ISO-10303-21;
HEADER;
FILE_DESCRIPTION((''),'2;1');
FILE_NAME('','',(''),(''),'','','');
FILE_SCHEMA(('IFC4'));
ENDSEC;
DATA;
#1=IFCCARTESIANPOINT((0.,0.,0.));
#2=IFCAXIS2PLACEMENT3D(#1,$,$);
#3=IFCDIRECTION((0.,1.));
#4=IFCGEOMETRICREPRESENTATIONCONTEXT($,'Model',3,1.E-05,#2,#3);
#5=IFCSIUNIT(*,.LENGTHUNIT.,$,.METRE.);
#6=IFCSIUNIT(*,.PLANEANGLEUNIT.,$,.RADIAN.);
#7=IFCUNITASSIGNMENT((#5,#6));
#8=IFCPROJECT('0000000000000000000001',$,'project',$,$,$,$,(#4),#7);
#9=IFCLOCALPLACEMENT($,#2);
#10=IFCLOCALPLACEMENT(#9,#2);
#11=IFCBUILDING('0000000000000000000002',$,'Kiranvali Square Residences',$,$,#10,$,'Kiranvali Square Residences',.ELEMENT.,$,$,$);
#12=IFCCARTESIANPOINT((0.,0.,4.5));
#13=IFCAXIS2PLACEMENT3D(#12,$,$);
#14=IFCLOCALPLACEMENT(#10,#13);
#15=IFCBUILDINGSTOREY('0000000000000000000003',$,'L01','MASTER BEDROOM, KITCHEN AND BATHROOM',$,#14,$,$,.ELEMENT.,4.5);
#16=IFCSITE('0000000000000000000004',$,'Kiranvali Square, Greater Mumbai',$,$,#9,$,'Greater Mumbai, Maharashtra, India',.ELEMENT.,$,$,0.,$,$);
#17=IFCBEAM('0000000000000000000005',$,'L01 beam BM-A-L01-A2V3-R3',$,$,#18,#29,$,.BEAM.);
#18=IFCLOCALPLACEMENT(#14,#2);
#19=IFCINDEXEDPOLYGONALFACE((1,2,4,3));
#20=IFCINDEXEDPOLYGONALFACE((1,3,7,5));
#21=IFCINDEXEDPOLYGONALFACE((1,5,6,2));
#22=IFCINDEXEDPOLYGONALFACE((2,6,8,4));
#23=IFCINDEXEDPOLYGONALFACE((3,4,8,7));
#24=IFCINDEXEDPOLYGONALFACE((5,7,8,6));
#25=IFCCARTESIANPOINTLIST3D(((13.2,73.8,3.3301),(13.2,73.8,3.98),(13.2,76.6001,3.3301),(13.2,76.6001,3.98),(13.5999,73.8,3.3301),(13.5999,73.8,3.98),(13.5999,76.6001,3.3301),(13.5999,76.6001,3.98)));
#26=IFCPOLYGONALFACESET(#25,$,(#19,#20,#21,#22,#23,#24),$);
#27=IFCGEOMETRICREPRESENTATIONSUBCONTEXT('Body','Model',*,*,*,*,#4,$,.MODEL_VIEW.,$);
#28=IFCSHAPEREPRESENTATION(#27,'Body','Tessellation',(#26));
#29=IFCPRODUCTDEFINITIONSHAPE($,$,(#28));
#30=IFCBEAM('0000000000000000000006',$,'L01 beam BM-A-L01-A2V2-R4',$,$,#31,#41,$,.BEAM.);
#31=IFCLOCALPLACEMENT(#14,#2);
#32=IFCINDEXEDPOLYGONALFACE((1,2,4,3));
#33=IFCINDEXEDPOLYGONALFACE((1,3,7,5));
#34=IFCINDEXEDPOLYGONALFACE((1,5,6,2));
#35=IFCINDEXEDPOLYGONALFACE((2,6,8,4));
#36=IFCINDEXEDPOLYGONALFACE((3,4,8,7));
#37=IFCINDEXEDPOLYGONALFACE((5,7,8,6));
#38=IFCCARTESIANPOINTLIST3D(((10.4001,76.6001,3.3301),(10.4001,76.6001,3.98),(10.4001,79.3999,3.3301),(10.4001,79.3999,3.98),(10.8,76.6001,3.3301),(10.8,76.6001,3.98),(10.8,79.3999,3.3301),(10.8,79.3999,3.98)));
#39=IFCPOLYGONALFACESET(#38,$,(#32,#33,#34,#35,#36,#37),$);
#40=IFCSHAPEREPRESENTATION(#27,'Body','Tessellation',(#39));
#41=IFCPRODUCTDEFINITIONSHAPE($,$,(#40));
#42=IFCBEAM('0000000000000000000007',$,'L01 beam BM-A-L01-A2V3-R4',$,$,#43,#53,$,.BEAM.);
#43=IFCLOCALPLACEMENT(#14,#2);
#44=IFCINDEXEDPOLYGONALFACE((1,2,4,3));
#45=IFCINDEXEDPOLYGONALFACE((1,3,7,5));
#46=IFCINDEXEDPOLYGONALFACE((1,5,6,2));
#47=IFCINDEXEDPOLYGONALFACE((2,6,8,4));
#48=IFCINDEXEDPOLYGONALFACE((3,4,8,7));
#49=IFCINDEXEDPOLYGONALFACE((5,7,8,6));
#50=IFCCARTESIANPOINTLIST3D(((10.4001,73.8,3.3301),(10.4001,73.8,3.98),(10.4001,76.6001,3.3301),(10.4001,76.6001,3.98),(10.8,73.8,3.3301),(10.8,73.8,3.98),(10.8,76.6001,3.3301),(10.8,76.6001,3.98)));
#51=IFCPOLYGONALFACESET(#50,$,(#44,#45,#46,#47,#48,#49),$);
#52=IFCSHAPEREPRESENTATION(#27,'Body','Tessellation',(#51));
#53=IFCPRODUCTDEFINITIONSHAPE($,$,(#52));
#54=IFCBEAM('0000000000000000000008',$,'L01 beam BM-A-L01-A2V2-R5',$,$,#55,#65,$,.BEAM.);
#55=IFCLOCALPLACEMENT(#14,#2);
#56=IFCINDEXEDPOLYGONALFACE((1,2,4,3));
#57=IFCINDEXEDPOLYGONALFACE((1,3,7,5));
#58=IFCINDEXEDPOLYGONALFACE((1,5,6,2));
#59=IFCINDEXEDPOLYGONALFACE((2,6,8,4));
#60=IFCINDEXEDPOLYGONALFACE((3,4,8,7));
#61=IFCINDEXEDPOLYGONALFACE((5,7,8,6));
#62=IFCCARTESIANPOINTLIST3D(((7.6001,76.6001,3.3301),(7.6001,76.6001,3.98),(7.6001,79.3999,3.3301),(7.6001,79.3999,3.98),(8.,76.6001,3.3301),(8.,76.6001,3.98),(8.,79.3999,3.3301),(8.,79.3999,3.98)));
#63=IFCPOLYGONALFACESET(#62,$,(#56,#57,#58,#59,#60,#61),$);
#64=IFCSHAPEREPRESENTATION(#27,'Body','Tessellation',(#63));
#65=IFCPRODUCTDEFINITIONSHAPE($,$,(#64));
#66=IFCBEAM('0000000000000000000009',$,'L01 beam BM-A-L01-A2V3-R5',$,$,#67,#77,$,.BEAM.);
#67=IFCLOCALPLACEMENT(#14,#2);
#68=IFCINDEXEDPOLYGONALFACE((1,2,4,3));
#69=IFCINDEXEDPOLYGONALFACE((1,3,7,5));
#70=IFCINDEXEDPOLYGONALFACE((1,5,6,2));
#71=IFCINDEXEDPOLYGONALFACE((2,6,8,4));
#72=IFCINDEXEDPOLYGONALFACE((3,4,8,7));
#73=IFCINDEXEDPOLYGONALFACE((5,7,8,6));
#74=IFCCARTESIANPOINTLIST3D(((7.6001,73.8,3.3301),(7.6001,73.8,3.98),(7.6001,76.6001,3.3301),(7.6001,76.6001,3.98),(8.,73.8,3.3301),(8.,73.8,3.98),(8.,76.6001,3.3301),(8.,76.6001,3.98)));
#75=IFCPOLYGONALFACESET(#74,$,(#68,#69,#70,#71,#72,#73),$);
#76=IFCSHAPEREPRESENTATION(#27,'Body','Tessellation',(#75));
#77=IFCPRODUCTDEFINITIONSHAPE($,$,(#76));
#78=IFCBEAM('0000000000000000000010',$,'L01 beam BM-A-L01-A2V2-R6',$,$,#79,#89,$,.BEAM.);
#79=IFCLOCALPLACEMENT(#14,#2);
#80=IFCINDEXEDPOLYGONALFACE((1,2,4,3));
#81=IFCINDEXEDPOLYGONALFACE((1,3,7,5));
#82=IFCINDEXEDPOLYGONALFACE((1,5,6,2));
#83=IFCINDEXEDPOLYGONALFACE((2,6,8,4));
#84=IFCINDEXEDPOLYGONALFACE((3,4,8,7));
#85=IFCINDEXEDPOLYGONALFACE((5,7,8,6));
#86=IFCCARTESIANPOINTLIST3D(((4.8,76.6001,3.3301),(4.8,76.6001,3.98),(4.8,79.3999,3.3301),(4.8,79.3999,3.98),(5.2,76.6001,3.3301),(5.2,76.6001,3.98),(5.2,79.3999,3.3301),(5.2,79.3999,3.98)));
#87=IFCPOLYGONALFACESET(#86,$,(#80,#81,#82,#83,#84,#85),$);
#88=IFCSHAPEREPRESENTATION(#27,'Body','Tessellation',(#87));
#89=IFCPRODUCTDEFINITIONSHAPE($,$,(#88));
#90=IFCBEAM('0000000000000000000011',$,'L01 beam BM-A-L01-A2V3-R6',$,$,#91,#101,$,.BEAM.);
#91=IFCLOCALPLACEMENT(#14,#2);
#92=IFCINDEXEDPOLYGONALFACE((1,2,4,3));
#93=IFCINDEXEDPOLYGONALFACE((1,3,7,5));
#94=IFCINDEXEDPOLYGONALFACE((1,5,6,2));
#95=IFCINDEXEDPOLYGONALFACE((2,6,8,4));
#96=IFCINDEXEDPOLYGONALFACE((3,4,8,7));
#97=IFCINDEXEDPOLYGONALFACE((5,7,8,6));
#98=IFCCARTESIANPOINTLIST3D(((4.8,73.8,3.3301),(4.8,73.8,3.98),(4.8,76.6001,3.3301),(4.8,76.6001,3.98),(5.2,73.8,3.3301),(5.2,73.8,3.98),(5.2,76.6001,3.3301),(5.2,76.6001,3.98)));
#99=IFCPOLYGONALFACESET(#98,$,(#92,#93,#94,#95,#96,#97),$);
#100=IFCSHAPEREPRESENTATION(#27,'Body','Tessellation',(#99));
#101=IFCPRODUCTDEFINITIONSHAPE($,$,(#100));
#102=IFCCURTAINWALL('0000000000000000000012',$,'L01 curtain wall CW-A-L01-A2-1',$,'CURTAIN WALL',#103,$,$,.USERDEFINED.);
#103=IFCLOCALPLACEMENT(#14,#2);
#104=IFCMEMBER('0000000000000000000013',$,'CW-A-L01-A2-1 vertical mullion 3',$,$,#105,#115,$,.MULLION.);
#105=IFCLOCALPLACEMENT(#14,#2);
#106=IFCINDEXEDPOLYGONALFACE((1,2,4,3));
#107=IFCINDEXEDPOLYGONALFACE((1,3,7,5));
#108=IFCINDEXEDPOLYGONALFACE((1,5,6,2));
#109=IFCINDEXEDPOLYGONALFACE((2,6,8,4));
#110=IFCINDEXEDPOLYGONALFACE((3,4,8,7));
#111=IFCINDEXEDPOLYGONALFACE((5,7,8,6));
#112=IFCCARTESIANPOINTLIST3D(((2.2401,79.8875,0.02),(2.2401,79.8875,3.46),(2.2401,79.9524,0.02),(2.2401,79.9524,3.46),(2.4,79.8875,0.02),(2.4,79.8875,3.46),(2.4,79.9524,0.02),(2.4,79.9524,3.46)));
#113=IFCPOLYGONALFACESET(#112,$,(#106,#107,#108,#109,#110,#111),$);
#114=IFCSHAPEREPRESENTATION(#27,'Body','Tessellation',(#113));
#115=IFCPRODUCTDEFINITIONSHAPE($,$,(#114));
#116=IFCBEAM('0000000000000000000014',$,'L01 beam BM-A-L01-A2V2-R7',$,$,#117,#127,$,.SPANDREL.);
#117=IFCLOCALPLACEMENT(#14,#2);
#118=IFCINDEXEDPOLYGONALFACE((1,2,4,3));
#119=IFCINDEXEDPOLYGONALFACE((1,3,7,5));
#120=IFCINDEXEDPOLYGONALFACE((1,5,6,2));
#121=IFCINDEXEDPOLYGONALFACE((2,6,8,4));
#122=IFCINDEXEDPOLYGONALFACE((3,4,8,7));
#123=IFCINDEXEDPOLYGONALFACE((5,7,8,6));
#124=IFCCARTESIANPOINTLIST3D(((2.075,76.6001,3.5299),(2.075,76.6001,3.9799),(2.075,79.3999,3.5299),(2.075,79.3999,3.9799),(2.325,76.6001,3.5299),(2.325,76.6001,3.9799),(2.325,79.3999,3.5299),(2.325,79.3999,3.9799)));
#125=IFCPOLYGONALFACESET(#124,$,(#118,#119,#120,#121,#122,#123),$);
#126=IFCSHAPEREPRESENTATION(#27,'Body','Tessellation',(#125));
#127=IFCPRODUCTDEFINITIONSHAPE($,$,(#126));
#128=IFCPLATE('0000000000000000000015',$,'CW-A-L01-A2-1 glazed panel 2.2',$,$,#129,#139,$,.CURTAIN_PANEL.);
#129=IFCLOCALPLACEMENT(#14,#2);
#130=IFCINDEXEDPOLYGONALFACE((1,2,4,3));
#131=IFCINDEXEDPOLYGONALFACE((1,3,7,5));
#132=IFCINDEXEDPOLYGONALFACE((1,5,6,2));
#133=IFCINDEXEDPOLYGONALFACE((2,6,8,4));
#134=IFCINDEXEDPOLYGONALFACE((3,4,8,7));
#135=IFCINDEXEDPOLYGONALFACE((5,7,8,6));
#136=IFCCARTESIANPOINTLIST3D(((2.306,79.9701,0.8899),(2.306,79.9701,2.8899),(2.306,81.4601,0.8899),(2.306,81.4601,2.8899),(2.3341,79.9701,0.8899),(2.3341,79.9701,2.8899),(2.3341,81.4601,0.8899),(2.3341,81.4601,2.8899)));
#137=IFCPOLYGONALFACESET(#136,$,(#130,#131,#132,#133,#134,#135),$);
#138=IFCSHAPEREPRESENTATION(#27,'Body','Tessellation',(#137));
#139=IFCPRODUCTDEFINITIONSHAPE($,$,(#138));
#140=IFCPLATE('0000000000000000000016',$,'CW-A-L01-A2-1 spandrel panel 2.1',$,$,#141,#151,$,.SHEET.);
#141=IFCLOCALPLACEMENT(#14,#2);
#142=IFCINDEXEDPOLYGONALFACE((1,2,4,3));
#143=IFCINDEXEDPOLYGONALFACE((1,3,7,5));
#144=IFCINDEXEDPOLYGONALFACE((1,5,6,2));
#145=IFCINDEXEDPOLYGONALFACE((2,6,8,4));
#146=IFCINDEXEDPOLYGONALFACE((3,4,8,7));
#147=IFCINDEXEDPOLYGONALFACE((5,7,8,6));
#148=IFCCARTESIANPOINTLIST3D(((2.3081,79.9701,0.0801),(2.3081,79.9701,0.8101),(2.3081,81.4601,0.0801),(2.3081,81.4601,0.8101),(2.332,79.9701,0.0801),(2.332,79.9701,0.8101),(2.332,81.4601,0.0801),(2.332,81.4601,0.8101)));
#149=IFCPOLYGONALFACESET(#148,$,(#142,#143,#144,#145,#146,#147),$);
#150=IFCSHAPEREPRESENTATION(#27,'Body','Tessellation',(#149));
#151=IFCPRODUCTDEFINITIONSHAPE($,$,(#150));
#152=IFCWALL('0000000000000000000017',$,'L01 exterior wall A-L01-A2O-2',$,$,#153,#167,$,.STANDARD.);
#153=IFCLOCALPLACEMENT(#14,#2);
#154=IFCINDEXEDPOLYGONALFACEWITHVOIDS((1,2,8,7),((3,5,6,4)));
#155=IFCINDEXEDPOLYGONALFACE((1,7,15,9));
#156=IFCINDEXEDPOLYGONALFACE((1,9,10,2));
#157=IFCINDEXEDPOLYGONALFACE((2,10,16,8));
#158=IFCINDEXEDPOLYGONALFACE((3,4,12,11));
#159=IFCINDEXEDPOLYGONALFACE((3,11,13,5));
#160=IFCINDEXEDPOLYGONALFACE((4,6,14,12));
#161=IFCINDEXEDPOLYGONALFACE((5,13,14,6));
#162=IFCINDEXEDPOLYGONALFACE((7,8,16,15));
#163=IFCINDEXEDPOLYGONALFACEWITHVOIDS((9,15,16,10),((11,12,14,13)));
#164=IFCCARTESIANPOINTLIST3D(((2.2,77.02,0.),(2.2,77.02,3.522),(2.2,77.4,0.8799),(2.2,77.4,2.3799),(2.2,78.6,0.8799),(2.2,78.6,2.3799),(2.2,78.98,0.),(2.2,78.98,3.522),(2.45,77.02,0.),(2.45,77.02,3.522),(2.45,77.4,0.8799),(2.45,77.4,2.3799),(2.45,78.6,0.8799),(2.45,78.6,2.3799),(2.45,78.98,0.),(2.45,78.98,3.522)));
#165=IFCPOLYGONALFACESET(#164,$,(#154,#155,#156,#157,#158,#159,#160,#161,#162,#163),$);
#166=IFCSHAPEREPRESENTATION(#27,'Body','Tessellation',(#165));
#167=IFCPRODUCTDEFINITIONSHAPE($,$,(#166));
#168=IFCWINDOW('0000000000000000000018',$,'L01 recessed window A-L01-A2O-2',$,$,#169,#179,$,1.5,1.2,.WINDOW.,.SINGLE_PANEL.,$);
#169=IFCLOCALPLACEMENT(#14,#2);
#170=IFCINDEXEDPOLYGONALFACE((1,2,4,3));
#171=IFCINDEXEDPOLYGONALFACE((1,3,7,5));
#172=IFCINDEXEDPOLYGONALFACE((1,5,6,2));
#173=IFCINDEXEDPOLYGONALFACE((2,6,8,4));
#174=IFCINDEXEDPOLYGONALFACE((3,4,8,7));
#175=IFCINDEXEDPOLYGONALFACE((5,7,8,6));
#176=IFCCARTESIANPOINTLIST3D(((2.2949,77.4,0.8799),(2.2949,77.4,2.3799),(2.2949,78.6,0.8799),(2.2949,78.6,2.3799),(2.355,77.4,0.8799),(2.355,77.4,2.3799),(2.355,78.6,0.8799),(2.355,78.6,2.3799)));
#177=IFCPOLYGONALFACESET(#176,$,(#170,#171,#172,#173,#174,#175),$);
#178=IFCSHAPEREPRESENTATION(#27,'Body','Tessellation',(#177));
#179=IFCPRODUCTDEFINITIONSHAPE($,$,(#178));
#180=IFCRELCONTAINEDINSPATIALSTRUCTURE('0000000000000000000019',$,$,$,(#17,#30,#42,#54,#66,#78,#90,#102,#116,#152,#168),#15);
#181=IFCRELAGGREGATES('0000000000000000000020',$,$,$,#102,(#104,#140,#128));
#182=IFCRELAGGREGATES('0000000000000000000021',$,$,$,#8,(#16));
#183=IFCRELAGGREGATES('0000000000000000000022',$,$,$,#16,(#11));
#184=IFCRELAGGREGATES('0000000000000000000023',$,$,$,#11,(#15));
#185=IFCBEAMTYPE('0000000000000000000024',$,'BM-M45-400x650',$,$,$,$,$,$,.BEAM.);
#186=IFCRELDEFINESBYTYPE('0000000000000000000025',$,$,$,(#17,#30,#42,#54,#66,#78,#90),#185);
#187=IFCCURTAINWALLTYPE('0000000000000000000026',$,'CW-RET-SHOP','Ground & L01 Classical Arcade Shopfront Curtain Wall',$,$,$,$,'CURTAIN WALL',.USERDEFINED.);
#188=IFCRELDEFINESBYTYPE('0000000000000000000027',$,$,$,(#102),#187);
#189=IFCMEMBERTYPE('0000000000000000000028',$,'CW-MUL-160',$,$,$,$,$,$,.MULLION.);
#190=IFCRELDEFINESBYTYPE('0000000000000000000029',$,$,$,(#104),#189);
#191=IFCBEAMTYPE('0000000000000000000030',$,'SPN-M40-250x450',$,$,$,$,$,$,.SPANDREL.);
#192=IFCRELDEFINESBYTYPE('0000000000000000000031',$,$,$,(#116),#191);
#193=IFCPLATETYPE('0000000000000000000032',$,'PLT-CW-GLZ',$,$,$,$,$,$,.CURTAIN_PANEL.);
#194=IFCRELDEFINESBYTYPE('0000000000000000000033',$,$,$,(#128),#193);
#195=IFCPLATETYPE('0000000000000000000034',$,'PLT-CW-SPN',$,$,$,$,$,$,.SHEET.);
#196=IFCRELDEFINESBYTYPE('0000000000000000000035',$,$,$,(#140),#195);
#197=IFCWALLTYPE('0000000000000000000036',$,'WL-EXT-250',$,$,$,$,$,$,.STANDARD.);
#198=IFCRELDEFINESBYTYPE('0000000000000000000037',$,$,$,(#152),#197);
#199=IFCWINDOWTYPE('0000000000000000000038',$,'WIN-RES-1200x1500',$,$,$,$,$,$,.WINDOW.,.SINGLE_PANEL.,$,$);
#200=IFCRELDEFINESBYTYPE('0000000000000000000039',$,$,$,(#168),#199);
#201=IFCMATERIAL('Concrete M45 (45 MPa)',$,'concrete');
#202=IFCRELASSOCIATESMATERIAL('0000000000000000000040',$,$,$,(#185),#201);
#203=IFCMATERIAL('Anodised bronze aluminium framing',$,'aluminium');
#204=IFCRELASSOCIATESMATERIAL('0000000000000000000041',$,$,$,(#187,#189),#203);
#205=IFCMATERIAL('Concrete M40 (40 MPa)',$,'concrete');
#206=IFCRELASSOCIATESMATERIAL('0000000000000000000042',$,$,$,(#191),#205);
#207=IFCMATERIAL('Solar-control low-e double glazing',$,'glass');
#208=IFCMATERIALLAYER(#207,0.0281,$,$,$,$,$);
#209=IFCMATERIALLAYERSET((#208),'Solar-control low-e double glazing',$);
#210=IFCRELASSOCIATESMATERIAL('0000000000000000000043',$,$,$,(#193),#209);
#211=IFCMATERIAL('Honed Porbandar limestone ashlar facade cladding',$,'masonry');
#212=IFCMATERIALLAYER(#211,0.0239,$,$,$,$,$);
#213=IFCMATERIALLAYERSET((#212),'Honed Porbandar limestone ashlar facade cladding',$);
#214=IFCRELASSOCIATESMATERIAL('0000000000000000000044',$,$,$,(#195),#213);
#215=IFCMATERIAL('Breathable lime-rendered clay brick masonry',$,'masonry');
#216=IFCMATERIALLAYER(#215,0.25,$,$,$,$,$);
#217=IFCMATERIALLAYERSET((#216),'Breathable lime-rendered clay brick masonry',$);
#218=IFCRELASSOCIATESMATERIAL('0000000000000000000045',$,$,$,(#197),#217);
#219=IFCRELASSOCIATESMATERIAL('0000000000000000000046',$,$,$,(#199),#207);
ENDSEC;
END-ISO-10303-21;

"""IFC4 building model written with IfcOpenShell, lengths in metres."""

from ifc_helpers import new_model, si_unit, direction, frame, frame_2d, origin, origin_2d, place, context, subcontext, project, spatial, rectangle, extrude, material, layer, layer_set, material_profile, profile_set, type_object, element, fill, aggregate, save


model = new_model("IFC4")

# Units and contexts
model_context = context("Model", 3, precision=1e-05, world=origin(), true_north=direction((0.0, 1.0)))
body_context = subcontext(model_context, "Body", "Model", "MODEL_VIEW")
ifc_project = project(units=[si_unit("LENGTHUNIT", "METRE"), si_unit("PLANEANGLEUNIT", "RADIAN")], contexts=[model_context])

# Site, building, storey
site_placement = place(None, origin())
site = spatial("IfcSite", under=ifc_project, at=site_placement, Name="Kiranvali Square, Greater Mumbai", LongName="Greater Mumbai, Maharashtra, India", CompositionType="ELEMENT", RefElevation=0.0)
building_placement = place(site_placement, origin())
building = spatial("IfcBuilding", under=site, at=building_placement, Name="Kiranvali Square Residences", LongName="Kiranvali Square Residences", CompositionType="ELEMENT")
storey_placement = place(building_placement, frame((0.0, 0.0, 4.5)))
storey = spatial("IfcBuildingStorey", under=building, at=storey_placement, Name="L01", Description="MASTER BEDROOM, KITCHEN AND BATHROOM", CompositionType="ELEMENT", Elevation=4.5)

# Beams
ifc_material_1 = material(Name="Concrete M40 (40 MPa)", Category="concrete")
ifc_material_2 = material(Name="Concrete M45 (45 MPa)", Category="concrete")
ifc_material_profile_1 = material_profile(ifc_material_2, rectangle(XDim=0.3999, YDim=0.6499, at=origin_2d()), Name="RC 400x650")
ifc_profile_set_1 = profile_set([ifc_material_profile_1], Name="Concrete M45 (45 MPa)")
beam_type_1 = type_object("IfcBeamType", Name="BM-M45-400x650", PredefinedType="BEAM", material=ifc_profile_set_1)
beam_1_placement = place(storey_placement, frame((13.3999, 76.6001, 3.655), z_axis=(0.0, -1.0, 0.0), x_axis=(1.0, 0.0, 0.0)))
element("IfcBeam", 1, at=beam_1_placement, inside=storey, type_object=beam_type_1, Name="L01 beam BM-A-L01-A2V3-R3", PredefinedType="BEAM", context=body_context, shape_type="SweptSolid", body=[
    extrude(rectangle(XDim=0.3999, YDim=0.6499, at=origin_2d()), origin(), (0.0, 0.0, 1.0), 2.8),
])
beam_2_placement = place(storey_placement, frame((10.6001, 79.3999, 3.655), z_axis=(0.0, -1.0, 0.0), x_axis=(1.0, 0.0, 0.0)))
element("IfcBeam", 2, at=beam_2_placement, inside=storey, type_object=beam_type_1, Name="L01 beam BM-A-L01-A2V2-R4", PredefinedType="BEAM", context=body_context, shape_type="SweptSolid", body=[
    extrude(rectangle(XDim=0.3999, YDim=0.6499, at=origin_2d()), origin(), (0.0, 0.0, 1.0), 2.7998),
])
beam_3_placement = place(storey_placement, frame((10.6001, 76.6001, 3.655), z_axis=(0.0, -1.0, 0.0), x_axis=(1.0, 0.0, 0.0)))
element("IfcBeam", 3, at=beam_3_placement, inside=storey, type_object=beam_type_1, Name="L01 beam BM-A-L01-A2V3-R4", PredefinedType="BEAM", context=body_context, shape_type="SweptSolid", body=[
    extrude(rectangle(XDim=0.3999, YDim=0.6499, at=origin_2d()), origin(), (0.0, 0.0, 1.0), 2.8),
])
beam_4_placement = place(storey_placement, frame((7.8, 79.3999, 3.655), z_axis=(0.0, -1.0, 0.0), x_axis=(1.0, 0.0, 0.0)))
element("IfcBeam", 4, at=beam_4_placement, inside=storey, type_object=beam_type_1, Name="L01 beam BM-A-L01-A2V2-R5", PredefinedType="BEAM", context=body_context, shape_type="SweptSolid", body=[
    extrude(rectangle(XDim=0.3999, YDim=0.6499, at=origin_2d()), origin(), (0.0, 0.0, 1.0), 2.7998),
])
beam_5_placement = place(storey_placement, frame((7.8, 76.6001, 3.655), z_axis=(0.0, -1.0, 0.0), x_axis=(1.0, 0.0, 0.0)))
element("IfcBeam", 5, at=beam_5_placement, inside=storey, type_object=beam_type_1, Name="L01 beam BM-A-L01-A2V3-R5", PredefinedType="BEAM", context=body_context, shape_type="SweptSolid", body=[
    extrude(rectangle(XDim=0.3999, YDim=0.6499, at=origin_2d()), origin(), (0.0, 0.0, 1.0), 2.8),
])
beam_6_placement = place(storey_placement, frame((5.0, 79.3999, 3.655), z_axis=(0.0, -1.0, 0.0), x_axis=(1.0, 0.0, 0.0)))
element("IfcBeam", 6, at=beam_6_placement, inside=storey, type_object=beam_type_1, Name="L01 beam BM-A-L01-A2V2-R6", PredefinedType="BEAM", context=body_context, shape_type="SweptSolid", body=[
    extrude(rectangle(XDim=0.3999, YDim=0.6499, at=origin_2d()), origin(), (0.0, 0.0, 1.0), 2.7998),
])
beam_7_placement = place(storey_placement, frame((5.0, 76.6001, 3.655), z_axis=(0.0, -1.0, 0.0), x_axis=(1.0, 0.0, 0.0)))
element("IfcBeam", 7, at=beam_7_placement, inside=storey, type_object=beam_type_1, Name="L01 beam BM-A-L01-A2V3-R6", PredefinedType="BEAM", context=body_context, shape_type="SweptSolid", body=[
    extrude(rectangle(XDim=0.3999, YDim=0.6499, at=origin_2d()), origin(), (0.0, 0.0, 1.0), 2.8),
])

# Curtain wall, member
ifc_material_3 = material(Name="Anodised bronze aluminium framing", Category="aluminium")
curtain_wall_type = type_object("IfcCurtainWallType", Name="CW-RET-SHOP", Description="Ground & L01 Classical Arcade Shopfront Curtain Wall", ElementType="CURTAIN WALL", PredefinedType="USERDEFINED", material=ifc_material_3)
curtain_wall_placement = place(storey_placement, origin())
curtain_wall = element("IfcCurtainWall", 8, at=curtain_wall_placement, inside=storey, type_object=curtain_wall_type, Name="L01 curtain wall CW-A-L01-A2-1", ObjectType="CURTAIN WALL", PredefinedType="USERDEFINED")
ifc_material_profile_2 = material_profile(ifc_material_3, rectangle(XDim=0.0649, YDim=0.1599, at=origin_2d()), Name="ALU 65x160")
ifc_profile_set_2 = profile_set([ifc_material_profile_2], Name="Anodised bronze aluminium framing")
member_type = type_object("IfcMemberType", Name="CW-MUL-160", PredefinedType="MULLION", material=ifc_profile_set_2)
member_placement = place(storey_placement, frame((2.3201, 79.9199, 0.02), z_axis=(0.0, 0.0, 1.0), x_axis=(0.0, -1.0, 0.0)))
member = element("IfcMember", 9, at=member_placement, type_object=member_type, Name="CW-A-L01-A2-1 vertical mullion 3", PredefinedType="MULLION", context=body_context, shape_type="SweptSolid", body=[
    extrude(rectangle(XDim=0.0649, YDim=0.1599, at=origin_2d()), origin(), (0.0, 0.0, 1.0), 3.4399),
])

# Beam
ifc_material_profile_3 = material_profile(ifc_material_1, rectangle(XDim=0.25, YDim=0.45, at=origin_2d()), Name="RC 250x450")
ifc_profile_set_3 = profile_set([ifc_material_profile_3], Name="Concrete M40 (40 MPa)")
beam_type_2 = type_object("IfcBeamType", Name="SPN-M40-250x450", PredefinedType="SPANDREL", material=ifc_profile_set_3)
beam_8_placement = place(storey_placement, frame((2.2, 79.3999, 3.7549), z_axis=(0.0, -1.0, 0.0), x_axis=(1.0, 0.0, 0.0)))
element("IfcBeam", 10, at=beam_8_placement, inside=storey, type_object=beam_type_2, Name="L01 beam BM-A-L01-A2V2-R7", PredefinedType="SPANDREL", context=body_context, shape_type="SweptSolid", body=[
    extrude(rectangle(XDim=0.25, YDim=0.45, at=origin_2d()), origin(), (0.0, 0.0, 1.0), 2.7998),
])

# Plates
ifc_material_4 = material(Name="Solar-control low-e double glazing", Category="glass")
ifc_layer_1 = layer(ifc_material_4, 0.0281)
ifc_layer_set_1 = layer_set([ifc_layer_1], Name="Solar-control low-e double glazing")
plate_type_1 = type_object("IfcPlateType", Name="PLT-CW-GLZ", PredefinedType="CURTAIN_PANEL", material=ifc_layer_set_1)
plate_1_placement = place(storey_placement, frame((2.3201, 80.7151, 0.8899), z_axis=(0.0, 0.0, 1.0), x_axis=(0.0, -1.0, 0.0)))
plate_1 = element("IfcPlate", 11, at=plate_1_placement, type_object=plate_type_1, Name="CW-A-L01-A2-1 glazed panel 2.2", PredefinedType="CURTAIN_PANEL", context=body_context, shape_type="SweptSolid", body=[
    extrude(rectangle(XDim=1.49, YDim=0.0281, at=origin_2d()), origin(), (0.0, 0.0, 1.0), 2.0),
])
ifc_material_5 = material(Name="Honed Porbandar limestone ashlar facade cladding", Category="masonry")
ifc_layer_2 = layer(ifc_material_5, 0.0239)
ifc_layer_set_2 = layer_set([ifc_layer_2], Name="Honed Porbandar limestone ashlar facade cladding")
plate_type_2 = type_object("IfcPlateType", Name="PLT-CW-SPN", PredefinedType="SHEET", material=ifc_layer_set_2)
plate_2_placement = place(storey_placement, frame((2.3201, 80.7151, 0.0801), z_axis=(0.0, 0.0, 1.0), x_axis=(0.0, -1.0, 0.0)))
plate_2 = element("IfcPlate", 12, at=plate_2_placement, type_object=plate_type_2, Name="CW-A-L01-A2-1 spandrel panel 2.1", PredefinedType="SHEET", context=body_context, shape_type="SweptSolid", body=[
    extrude(rectangle(XDim=1.49, YDim=0.0239, at=origin_2d()), origin(), (0.0, 0.0, 1.0), 0.73),
])
aggregate(curtain_wall, [member, plate_2, plate_1])

# Wall, opening, window
ifc_material_6 = material(Name="Breathable lime-rendered clay brick masonry", Category="masonry")
ifc_layer_3 = layer(ifc_material_6, 0.25)
ifc_layer_set_3 = layer_set([ifc_layer_3], Name="Breathable lime-rendered clay brick masonry")
wall_type_1 = type_object("IfcWallType", Name="WL-EXT-250", PredefinedType="STANDARD", material=ifc_layer_set_3)
wall_1_placement = place(storey_placement, frame((2.325, 78.98, 0.0), z_axis=(0.0, 0.0, 1.0), x_axis=(0.0, -1.0, 0.0)))
wall_1 = element("IfcWall", 13, at=wall_1_placement, inside=storey, type_object=wall_type_1, Name="L01 exterior wall A-L01-A2O-2", PredefinedType="STANDARD", context=body_context, shape_type="SweptSolid", body=[
    extrude(rectangle(XDim=1.96, YDim=0.25, at=frame_2d((0.98, 0.0))), origin(), (0.0, 0.0, 1.0), 3.522),
])
opening_1_placement = place(wall_1_placement, frame((0.3799, 0.0, 0.8799)))
opening_1 = element("IfcOpeningElement", 14, at=opening_1_placement, cuts=wall_1, PredefinedType="OPENING", context=body_context, shape_type="SweptSolid", body=[
    extrude(rectangle(XDim=1.2, YDim=1.5, at=frame_2d((0.6001, 0.75))), frame((0.0, 0.135, 0.0), z_axis=(0.0, -1.0, 0.0), x_axis=(1.0, 0.0, 0.0)), (0.0, 0.0, 1.0), 0.27),
])
window_type = type_object("IfcWindowType", Name="WIN-RES-1200x1500", PartitioningType="SINGLE_PANEL", PredefinedType="WINDOW", material=ifc_material_4)
window_placement = place(opening_1_placement, origin())
window = element("IfcWindow", 15, at=window_placement, inside=storey, type_object=window_type, Name="L01 recessed window A-L01-A2O-2", OverallHeight=1.5, OverallWidth=1.2, PartitioningType="SINGLE_PANEL", PredefinedType="WINDOW", context=body_context, shape_type="SweptSolid", body=[
    extrude(rectangle(XDim=1.2, YDim=1.5, at=frame_2d((0.6001, 0.75))), frame((0.0, 0.03, 0.0), z_axis=(0.0, -1.0, 0.0), x_axis=(1.0, 0.0, 0.0)), (0.0, 0.0, 1.0), 0.0601),
])
fill(opening_1, window)

save(model, "model.ifc")
